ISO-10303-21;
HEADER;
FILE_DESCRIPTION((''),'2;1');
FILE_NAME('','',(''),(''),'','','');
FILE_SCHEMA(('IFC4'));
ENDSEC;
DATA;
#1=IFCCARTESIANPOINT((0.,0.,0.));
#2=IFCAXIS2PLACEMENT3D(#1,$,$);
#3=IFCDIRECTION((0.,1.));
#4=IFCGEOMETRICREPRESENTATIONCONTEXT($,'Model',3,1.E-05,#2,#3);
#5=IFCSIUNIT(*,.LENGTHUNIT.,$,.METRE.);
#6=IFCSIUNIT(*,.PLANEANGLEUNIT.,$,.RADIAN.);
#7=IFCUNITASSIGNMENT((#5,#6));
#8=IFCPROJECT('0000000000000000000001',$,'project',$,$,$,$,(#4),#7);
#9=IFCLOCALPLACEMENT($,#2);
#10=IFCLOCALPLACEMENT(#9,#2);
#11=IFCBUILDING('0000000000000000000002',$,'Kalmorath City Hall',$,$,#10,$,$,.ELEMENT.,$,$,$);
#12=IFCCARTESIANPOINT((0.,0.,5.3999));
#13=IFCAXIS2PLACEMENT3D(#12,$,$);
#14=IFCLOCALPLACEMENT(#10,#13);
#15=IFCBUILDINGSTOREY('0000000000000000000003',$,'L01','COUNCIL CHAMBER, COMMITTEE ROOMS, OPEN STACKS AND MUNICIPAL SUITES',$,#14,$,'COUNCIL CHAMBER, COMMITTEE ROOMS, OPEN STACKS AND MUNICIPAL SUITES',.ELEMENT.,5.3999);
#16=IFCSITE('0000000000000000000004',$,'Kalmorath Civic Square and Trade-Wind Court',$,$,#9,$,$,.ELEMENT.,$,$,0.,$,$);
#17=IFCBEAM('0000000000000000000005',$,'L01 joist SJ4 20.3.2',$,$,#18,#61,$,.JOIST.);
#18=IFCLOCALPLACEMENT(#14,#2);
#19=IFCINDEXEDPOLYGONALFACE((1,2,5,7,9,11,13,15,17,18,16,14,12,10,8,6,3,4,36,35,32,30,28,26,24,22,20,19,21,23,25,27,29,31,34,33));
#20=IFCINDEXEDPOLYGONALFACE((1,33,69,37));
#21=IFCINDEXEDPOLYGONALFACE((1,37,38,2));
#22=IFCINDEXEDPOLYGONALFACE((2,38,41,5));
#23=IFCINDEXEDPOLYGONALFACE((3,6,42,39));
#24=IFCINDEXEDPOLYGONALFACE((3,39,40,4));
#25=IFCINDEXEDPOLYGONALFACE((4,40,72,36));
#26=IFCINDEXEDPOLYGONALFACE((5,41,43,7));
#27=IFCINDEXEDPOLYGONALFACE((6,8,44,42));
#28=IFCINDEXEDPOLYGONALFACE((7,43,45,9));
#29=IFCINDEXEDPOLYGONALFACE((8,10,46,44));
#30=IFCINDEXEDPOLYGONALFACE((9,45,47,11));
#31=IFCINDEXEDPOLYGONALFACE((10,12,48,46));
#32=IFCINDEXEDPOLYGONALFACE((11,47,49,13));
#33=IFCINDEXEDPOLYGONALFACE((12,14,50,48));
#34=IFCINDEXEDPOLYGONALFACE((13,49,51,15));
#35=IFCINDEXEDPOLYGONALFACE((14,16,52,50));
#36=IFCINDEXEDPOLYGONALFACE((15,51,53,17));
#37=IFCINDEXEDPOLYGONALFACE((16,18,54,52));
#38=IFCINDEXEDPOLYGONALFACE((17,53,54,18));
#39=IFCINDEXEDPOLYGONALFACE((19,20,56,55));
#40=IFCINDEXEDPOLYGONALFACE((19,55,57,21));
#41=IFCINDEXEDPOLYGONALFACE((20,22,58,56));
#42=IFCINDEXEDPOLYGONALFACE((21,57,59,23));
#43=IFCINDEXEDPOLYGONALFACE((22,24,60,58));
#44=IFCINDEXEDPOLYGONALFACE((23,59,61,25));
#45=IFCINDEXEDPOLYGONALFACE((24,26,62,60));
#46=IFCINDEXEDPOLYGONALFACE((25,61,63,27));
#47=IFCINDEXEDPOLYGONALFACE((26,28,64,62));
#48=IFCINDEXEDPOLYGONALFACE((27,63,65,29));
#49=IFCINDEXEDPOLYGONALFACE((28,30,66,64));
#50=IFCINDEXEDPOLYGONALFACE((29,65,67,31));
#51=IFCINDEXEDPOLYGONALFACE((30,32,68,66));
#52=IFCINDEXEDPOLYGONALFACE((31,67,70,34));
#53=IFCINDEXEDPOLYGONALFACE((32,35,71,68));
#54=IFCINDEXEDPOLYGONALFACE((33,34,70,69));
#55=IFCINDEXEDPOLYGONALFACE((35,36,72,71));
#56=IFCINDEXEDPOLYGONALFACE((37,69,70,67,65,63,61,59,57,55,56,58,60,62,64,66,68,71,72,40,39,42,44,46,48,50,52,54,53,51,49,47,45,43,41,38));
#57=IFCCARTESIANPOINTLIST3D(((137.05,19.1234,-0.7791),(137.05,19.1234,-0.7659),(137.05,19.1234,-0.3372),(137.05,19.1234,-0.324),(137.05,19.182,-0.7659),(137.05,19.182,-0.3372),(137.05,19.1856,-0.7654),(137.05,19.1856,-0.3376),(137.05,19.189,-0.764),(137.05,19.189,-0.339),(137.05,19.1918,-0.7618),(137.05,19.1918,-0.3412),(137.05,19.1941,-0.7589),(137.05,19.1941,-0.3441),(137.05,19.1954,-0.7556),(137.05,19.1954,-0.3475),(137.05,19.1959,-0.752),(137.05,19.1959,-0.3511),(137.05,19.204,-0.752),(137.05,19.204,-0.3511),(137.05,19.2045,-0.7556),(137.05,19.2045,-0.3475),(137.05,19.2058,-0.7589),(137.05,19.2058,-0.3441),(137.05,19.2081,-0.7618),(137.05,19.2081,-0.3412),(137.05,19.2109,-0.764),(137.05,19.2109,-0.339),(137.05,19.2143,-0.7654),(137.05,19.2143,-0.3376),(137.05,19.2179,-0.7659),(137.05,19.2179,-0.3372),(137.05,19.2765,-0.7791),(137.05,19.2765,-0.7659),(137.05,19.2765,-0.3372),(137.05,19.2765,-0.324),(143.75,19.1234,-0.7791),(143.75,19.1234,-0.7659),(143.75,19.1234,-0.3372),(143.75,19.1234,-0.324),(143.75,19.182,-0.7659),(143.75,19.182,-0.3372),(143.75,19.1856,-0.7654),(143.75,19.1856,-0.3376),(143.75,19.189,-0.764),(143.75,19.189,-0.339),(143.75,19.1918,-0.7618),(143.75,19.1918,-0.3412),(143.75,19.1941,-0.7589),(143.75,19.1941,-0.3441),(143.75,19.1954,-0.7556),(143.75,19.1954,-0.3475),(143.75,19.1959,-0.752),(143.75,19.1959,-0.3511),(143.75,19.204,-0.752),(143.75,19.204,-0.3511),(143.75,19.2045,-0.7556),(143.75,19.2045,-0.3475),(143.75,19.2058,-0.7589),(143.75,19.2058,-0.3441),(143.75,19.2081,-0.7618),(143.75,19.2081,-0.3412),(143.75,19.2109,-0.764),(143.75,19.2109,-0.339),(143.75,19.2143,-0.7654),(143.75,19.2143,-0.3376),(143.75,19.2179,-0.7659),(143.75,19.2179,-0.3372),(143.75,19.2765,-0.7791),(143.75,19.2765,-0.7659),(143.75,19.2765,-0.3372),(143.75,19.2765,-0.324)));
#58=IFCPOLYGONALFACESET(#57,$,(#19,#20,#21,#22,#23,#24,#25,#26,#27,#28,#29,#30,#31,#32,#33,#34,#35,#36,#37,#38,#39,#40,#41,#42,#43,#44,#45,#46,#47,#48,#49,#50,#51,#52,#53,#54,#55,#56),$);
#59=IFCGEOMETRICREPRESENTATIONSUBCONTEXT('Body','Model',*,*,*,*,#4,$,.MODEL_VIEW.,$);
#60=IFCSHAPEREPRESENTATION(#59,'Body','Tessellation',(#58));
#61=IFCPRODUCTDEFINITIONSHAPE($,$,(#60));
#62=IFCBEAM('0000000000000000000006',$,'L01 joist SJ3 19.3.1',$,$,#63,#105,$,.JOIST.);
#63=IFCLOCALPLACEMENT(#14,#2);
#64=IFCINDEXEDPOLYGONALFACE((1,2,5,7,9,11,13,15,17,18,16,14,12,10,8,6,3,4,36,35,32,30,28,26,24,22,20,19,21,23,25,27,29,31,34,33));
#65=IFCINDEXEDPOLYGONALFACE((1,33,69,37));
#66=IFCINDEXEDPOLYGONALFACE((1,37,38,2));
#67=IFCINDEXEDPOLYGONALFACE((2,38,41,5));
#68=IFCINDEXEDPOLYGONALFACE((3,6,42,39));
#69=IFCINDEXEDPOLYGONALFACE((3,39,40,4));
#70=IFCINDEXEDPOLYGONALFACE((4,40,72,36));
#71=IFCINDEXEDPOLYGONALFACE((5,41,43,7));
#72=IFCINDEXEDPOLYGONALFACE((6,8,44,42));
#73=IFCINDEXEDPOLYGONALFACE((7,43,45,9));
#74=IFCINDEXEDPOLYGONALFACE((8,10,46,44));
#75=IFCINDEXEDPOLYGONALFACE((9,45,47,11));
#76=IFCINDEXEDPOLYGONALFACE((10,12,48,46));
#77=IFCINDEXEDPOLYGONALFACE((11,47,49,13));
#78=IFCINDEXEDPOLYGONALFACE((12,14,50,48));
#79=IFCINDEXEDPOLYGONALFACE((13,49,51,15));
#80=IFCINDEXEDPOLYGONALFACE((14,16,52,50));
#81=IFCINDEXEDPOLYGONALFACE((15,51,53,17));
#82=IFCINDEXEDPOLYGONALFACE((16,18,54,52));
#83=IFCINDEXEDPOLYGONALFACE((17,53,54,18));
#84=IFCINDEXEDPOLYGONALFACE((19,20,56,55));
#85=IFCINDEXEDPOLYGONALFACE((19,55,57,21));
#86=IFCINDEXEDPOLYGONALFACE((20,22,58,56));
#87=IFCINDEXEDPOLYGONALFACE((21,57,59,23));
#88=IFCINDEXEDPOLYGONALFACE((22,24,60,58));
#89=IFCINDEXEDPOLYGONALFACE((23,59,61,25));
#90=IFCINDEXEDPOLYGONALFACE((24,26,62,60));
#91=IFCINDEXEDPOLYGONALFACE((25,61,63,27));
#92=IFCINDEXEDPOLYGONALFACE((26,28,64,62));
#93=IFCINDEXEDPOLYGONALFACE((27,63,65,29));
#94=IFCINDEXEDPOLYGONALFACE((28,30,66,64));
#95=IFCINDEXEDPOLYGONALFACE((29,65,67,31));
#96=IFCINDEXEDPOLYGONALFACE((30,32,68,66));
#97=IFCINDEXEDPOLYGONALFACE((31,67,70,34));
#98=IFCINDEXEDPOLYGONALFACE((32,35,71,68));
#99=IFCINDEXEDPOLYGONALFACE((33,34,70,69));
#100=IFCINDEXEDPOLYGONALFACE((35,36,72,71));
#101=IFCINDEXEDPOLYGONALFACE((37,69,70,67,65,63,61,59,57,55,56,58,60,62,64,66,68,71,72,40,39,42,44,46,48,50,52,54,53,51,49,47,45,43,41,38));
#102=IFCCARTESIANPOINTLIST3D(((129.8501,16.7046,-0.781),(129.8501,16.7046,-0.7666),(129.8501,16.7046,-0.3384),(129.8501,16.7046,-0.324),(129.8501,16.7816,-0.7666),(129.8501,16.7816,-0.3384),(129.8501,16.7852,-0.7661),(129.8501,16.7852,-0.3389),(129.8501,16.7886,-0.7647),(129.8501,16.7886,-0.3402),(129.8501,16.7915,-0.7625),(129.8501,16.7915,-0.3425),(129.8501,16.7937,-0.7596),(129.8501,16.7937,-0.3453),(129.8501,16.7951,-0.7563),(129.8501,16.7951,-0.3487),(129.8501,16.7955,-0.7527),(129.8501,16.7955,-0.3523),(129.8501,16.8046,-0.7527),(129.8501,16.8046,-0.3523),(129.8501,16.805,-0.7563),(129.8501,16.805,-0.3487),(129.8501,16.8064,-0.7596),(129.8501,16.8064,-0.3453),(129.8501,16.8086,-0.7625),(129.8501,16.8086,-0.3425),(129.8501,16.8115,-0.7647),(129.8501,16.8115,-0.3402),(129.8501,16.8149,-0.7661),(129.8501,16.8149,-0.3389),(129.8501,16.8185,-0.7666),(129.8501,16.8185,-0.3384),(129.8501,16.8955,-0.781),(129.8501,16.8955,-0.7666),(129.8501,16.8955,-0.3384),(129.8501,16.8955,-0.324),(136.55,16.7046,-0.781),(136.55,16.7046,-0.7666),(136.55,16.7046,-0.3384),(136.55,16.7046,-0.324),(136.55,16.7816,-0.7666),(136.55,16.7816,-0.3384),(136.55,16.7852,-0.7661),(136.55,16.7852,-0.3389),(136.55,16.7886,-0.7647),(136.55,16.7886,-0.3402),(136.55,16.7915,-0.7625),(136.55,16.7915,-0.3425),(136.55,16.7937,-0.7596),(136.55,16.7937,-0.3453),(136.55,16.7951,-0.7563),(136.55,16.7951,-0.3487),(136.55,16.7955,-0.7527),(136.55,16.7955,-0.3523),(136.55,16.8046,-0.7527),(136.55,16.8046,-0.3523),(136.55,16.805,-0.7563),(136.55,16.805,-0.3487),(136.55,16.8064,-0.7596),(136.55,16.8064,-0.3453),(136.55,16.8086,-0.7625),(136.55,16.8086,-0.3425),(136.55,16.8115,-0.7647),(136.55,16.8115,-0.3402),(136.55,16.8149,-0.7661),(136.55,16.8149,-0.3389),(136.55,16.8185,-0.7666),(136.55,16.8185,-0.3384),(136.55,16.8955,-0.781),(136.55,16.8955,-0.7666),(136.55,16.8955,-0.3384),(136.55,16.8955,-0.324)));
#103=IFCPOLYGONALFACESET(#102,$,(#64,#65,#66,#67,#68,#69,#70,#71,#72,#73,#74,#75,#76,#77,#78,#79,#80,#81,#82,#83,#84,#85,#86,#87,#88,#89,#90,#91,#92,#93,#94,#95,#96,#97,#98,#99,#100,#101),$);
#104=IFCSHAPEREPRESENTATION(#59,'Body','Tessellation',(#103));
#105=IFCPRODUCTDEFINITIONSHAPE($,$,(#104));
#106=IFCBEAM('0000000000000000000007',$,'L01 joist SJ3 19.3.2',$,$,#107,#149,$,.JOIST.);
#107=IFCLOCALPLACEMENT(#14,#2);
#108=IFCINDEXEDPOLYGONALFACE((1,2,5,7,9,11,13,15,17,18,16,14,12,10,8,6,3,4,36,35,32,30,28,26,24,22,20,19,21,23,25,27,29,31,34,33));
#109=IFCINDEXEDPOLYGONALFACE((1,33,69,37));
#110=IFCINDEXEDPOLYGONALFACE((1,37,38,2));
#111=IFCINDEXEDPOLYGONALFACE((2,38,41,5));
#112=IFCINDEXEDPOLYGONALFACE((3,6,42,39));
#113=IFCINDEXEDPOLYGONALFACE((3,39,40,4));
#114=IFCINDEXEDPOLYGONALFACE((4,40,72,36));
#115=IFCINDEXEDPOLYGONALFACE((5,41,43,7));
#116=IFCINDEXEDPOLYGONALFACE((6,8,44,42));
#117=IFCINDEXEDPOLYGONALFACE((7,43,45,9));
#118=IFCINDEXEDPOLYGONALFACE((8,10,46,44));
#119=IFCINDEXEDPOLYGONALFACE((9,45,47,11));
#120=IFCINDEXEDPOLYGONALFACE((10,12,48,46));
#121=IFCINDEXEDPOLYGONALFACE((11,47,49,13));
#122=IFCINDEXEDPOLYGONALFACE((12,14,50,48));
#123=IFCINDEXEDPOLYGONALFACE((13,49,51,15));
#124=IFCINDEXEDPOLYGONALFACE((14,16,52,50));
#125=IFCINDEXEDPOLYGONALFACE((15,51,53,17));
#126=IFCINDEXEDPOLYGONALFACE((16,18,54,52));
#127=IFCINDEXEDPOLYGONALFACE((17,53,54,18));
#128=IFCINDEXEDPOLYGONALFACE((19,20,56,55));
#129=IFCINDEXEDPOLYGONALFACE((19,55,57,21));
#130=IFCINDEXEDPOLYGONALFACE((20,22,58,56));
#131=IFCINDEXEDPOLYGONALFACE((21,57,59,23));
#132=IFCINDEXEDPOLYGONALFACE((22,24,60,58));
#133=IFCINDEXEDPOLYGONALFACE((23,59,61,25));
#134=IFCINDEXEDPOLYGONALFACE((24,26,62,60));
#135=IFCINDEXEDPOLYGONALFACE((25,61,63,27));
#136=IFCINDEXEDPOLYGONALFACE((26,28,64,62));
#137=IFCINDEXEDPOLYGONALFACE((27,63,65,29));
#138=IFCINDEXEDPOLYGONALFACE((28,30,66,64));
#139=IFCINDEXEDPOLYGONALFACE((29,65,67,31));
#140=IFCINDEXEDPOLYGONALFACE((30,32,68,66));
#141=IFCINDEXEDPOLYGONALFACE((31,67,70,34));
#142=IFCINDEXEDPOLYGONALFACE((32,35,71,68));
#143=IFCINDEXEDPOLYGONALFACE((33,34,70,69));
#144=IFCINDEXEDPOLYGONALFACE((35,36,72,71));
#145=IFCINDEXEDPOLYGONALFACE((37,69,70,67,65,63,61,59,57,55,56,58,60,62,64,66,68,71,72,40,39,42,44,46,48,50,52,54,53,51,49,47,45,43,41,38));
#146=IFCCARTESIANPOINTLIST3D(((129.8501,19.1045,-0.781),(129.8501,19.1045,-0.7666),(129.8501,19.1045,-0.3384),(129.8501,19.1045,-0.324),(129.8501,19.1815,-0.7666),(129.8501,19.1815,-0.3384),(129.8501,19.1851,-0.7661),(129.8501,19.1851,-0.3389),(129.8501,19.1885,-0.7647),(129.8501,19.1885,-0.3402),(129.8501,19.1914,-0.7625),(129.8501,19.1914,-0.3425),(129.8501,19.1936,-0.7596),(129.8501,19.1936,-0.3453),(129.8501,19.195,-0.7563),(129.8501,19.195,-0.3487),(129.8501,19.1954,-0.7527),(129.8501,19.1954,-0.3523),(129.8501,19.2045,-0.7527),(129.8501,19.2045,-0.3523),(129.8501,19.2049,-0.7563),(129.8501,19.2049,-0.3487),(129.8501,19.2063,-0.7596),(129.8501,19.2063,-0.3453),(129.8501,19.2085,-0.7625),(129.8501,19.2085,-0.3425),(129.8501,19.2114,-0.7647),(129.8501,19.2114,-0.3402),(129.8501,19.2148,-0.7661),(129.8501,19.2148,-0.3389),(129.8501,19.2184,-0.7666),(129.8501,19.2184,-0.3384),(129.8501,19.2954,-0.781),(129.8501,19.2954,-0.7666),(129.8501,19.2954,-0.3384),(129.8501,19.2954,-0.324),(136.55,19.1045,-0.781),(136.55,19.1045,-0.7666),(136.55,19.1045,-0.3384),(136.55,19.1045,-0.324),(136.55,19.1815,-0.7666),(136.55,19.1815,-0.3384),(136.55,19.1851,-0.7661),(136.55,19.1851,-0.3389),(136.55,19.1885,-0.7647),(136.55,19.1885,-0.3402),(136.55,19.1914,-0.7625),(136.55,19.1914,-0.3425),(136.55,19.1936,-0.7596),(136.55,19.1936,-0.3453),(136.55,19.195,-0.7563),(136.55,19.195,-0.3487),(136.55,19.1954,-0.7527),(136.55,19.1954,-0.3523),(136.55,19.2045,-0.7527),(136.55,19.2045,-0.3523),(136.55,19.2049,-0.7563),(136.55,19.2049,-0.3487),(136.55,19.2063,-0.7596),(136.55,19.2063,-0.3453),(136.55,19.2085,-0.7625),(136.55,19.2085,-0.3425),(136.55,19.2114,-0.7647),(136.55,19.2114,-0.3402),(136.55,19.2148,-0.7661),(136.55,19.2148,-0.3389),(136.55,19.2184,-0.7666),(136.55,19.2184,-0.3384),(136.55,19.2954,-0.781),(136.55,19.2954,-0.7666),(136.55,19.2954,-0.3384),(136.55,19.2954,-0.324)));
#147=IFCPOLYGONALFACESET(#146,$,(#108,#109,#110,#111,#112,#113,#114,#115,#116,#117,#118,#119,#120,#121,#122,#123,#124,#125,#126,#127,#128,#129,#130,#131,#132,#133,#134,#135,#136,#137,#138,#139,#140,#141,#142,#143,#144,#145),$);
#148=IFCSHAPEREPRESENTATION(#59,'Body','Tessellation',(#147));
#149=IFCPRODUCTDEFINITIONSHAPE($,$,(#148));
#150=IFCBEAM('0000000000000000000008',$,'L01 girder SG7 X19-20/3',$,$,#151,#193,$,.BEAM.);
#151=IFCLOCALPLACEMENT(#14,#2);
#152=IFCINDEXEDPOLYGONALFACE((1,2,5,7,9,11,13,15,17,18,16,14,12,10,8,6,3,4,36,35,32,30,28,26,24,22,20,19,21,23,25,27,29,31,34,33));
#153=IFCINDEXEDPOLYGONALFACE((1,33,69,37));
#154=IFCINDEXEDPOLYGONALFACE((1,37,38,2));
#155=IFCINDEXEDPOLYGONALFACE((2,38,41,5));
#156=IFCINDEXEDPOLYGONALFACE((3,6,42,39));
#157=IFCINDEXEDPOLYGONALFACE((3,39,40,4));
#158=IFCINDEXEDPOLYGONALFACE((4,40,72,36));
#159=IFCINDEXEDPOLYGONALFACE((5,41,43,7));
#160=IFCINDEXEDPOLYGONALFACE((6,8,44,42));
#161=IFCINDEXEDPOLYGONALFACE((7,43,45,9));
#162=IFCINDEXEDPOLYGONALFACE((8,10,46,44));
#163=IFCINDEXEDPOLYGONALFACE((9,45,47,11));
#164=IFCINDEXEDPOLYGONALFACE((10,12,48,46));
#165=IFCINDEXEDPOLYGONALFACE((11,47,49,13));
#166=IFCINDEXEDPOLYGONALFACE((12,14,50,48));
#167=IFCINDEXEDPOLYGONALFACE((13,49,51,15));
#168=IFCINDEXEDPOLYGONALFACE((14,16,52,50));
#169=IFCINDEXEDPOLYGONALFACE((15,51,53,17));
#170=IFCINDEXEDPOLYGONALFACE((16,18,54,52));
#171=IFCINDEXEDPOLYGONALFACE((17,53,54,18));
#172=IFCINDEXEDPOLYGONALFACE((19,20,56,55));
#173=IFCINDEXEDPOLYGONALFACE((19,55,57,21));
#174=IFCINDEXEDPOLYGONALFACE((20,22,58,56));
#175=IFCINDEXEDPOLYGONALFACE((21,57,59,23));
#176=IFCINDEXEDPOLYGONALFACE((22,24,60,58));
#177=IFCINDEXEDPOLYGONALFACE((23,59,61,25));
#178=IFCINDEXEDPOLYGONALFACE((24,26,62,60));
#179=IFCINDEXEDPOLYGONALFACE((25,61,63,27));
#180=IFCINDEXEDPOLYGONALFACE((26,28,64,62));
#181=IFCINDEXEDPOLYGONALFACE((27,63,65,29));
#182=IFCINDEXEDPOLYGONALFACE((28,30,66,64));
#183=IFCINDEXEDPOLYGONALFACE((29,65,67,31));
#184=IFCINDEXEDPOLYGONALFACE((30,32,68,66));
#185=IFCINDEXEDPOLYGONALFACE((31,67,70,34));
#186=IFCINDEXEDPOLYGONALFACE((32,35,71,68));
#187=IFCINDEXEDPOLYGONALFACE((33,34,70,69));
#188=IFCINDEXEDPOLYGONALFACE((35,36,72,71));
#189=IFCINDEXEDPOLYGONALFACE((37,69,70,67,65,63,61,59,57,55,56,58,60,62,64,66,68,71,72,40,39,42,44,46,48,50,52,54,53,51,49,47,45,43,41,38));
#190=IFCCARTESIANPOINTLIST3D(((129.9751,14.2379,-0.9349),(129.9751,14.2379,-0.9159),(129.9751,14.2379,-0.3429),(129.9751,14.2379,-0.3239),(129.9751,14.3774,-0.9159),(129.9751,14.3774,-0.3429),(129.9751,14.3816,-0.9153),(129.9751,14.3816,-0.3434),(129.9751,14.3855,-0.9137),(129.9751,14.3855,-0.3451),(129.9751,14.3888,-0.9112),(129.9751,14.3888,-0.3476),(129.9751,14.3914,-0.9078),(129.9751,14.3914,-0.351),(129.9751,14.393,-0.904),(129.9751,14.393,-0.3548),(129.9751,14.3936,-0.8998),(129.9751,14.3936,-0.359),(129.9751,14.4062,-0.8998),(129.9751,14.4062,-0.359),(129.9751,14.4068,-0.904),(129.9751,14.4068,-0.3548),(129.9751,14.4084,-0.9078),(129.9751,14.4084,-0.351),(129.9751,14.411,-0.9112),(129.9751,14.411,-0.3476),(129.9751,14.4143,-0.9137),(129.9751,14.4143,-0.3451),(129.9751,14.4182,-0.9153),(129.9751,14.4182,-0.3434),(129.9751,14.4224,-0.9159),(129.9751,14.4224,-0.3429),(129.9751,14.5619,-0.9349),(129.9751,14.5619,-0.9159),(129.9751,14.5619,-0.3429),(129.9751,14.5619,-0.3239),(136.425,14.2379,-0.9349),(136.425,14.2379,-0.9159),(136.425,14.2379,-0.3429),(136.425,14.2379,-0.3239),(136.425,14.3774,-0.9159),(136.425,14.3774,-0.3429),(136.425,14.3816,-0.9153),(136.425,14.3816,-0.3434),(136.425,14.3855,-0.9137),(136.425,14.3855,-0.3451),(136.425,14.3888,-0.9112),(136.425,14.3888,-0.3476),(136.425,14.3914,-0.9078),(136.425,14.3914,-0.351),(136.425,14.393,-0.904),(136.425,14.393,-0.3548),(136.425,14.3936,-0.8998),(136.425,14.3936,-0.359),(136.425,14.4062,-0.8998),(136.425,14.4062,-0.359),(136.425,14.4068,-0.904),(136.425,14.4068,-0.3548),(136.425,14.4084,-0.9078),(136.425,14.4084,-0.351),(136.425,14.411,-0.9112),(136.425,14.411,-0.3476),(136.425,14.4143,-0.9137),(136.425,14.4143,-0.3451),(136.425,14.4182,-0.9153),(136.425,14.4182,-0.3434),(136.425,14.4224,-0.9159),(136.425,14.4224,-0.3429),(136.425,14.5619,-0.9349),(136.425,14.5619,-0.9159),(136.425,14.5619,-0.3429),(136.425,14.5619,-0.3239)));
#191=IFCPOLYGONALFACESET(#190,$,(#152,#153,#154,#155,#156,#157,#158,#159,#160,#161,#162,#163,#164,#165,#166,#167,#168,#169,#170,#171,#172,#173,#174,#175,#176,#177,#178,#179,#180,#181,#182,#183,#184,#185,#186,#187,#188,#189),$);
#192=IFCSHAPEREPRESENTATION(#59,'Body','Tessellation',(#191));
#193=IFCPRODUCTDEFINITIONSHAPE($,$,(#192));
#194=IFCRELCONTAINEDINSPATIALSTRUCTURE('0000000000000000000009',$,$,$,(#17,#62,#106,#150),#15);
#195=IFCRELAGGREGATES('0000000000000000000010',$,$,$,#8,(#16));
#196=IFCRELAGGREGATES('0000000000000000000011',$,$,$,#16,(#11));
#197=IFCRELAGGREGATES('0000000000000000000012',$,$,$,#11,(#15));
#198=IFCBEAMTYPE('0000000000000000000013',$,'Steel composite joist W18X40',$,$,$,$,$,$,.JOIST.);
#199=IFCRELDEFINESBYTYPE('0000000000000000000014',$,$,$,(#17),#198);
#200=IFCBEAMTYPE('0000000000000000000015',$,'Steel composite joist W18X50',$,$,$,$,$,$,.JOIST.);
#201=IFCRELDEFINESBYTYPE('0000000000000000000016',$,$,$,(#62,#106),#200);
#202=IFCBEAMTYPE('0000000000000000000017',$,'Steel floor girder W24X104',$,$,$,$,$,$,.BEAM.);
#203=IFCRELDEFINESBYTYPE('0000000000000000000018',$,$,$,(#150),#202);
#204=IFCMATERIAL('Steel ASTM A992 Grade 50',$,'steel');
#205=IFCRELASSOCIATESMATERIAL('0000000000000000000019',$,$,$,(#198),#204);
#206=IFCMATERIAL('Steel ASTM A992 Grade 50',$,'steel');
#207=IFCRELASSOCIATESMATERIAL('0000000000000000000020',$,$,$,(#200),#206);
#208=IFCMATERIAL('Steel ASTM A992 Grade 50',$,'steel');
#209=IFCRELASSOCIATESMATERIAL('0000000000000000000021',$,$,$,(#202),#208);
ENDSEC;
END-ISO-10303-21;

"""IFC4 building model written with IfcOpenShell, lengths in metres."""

from ifc_helpers import new_model, si_unit, direction, frame, origin, origin_2d, place, context, subcontext, project, spatial, i_section, extrude, material, material_profile, profile_set, type_object, element, save


model = new_model("IFC4")

# Units and contexts
model_context = context("Model", 3, precision=1e-05, world=origin(), true_north=direction((0.0, 1.0)))
body_context = subcontext(model_context, "Body", "Model", "MODEL_VIEW")
ifc_project = project(units=[si_unit("LENGTHUNIT", "METRE"), si_unit("PLANEANGLEUNIT", "RADIAN")], contexts=[model_context])

# Site, building, storey
site_placement = place(None, origin())
site = spatial("IfcSite", under=ifc_project, at=site_placement, Name="Kalmorath Civic Square and Trade-Wind Court", CompositionType="ELEMENT", RefElevation=0.0)
building_placement = place(site_placement, origin())
building = spatial("IfcBuilding", under=site, at=building_placement, Name="Kalmorath City Hall", CompositionType="ELEMENT")
storey_placement = place(building_placement, frame((0.0, 0.0, 5.3999)))
storey = spatial("IfcBuildingStorey", under=building, at=storey_placement, Name="L01", Description="COUNCIL CHAMBER, COMMITTEE ROOMS, OPEN STACKS AND MUNICIPAL SUITES", LongName="COUNCIL CHAMBER, COMMITTEE ROOMS, OPEN STACKS AND MUNICIPAL SUITES", CompositionType="ELEMENT", Elevation=5.3999)

# Beams
ifc_material_1 = material(Name="Steel ASTM A992 Grade 50", Category="steel")
ifc_material_profile_1 = material_profile(ifc_material_1, i_section(OverallWidth=0.1531, OverallDepth=0.4551, WebThickness=0.0081, FlangeThickness=0.0132, FilletRadius=0.0139, at=origin_2d()), Name="W18X40")
ifc_profile_set_1 = profile_set([ifc_material_profile_1], Name="Steel ASTM A992 Grade 50")
beam_type_1 = type_object("IfcBeamType", Name="Steel composite joist W18X40", PredefinedType="JOIST", material=ifc_profile_set_1)
for number, where, z_axis, x_axis, name in (
    (1, (137.05, 19.2, -0.5515), (1.0, 0.0, 0.0), (0.0, 1.0, 0.0), "L01 joist SJ4 20.3.2"),
):
    element("IfcBeam", number, at=place(storey_placement, frame(where, z_axis=z_axis, x_axis=x_axis)), inside=storey, type_object=beam_type_1, Name=name, PredefinedType="JOIST", context=body_context, shape_type="SweptSolid", body=[
        extrude(i_section(OverallWidth=0.1531, OverallDepth=0.4551, WebThickness=0.0081, FlangeThickness=0.0132, FilletRadius=0.0139, at=origin_2d()), origin(), (0.0, 0.0, 1.0), 6.7),
    ])
ifc_material_2 = material(Name="Steel ASTM A992 Grade 50", Category="steel")
ifc_material_profile_2 = material_profile(ifc_material_2, i_section(OverallWidth=0.1909, OverallDepth=0.457, WebThickness=0.009, FlangeThickness=0.0144, FilletRadius=0.0139, at=origin_2d()), Name="W18X50")
ifc_profile_set_2 = profile_set([ifc_material_profile_2], Name="Steel ASTM A992 Grade 50")
beam_type_2 = type_object("IfcBeamType", Name="Steel composite joist W18X50", PredefinedType="JOIST", material=ifc_profile_set_2)
for number, where, z_axis, x_axis, name in (
    (2, (129.8501, 16.8, -0.5525), (1.0, 0.0, 0.0), (0.0, 1.0, 0.0), "L01 joist SJ3 19.3.1"),
    (3, (129.8501, 19.2, -0.5525), (1.0, 0.0, 0.0), (0.0, 1.0, 0.0), "L01 joist SJ3 19.3.2"),
):
    element("IfcBeam", number, at=place(storey_placement, frame(where, z_axis=z_axis, x_axis=x_axis)), inside=storey, type_object=beam_type_2, Name=name, PredefinedType="JOIST", context=body_context, shape_type="SweptSolid", body=[
        extrude(i_section(OverallWidth=0.1909, OverallDepth=0.457, WebThickness=0.009, FlangeThickness=0.0144, FilletRadius=0.0139, at=origin_2d()), origin(), (0.0, 0.0, 1.0), 6.7),
    ])
ifc_material_3 = material(Name="Steel ASTM A992 Grade 50", Category="steel")
ifc_material_profile_3 = material_profile(ifc_material_3, i_section(OverallWidth=0.324, OverallDepth=0.6111, WebThickness=0.0127, FlangeThickness=0.019, FilletRadius=0.0161, at=origin_2d()), Name="W24X104")
ifc_profile_set_3 = profile_set([ifc_material_profile_3], Name="Steel ASTM A992 Grade 50")
beam_type_3 = type_object("IfcBeamType", Name="Steel floor girder W24X104", PredefinedType="BEAM", material=ifc_profile_set_3)
for number, where, z_axis, x_axis, name in (
    (4, (129.9751, 14.3999, -0.6294), (1.0, 0.0, 0.0), (0.0, 1.0, 0.0), "L01 girder SG7 X19-20/3"),
):
    element("IfcBeam", number, at=place(storey_placement, frame(where, z_axis=z_axis, x_axis=x_axis)), inside=storey, type_object=beam_type_3, Name=name, PredefinedType="BEAM", context=body_context, shape_type="SweptSolid", body=[
        extrude(i_section(OverallWidth=0.324, OverallDepth=0.6111, WebThickness=0.0127, FlangeThickness=0.019, FilletRadius=0.0161, at=origin_2d()), origin(), (0.0, 0.0, 1.0), 6.45),
    ])

save(model, "model.ifc")
